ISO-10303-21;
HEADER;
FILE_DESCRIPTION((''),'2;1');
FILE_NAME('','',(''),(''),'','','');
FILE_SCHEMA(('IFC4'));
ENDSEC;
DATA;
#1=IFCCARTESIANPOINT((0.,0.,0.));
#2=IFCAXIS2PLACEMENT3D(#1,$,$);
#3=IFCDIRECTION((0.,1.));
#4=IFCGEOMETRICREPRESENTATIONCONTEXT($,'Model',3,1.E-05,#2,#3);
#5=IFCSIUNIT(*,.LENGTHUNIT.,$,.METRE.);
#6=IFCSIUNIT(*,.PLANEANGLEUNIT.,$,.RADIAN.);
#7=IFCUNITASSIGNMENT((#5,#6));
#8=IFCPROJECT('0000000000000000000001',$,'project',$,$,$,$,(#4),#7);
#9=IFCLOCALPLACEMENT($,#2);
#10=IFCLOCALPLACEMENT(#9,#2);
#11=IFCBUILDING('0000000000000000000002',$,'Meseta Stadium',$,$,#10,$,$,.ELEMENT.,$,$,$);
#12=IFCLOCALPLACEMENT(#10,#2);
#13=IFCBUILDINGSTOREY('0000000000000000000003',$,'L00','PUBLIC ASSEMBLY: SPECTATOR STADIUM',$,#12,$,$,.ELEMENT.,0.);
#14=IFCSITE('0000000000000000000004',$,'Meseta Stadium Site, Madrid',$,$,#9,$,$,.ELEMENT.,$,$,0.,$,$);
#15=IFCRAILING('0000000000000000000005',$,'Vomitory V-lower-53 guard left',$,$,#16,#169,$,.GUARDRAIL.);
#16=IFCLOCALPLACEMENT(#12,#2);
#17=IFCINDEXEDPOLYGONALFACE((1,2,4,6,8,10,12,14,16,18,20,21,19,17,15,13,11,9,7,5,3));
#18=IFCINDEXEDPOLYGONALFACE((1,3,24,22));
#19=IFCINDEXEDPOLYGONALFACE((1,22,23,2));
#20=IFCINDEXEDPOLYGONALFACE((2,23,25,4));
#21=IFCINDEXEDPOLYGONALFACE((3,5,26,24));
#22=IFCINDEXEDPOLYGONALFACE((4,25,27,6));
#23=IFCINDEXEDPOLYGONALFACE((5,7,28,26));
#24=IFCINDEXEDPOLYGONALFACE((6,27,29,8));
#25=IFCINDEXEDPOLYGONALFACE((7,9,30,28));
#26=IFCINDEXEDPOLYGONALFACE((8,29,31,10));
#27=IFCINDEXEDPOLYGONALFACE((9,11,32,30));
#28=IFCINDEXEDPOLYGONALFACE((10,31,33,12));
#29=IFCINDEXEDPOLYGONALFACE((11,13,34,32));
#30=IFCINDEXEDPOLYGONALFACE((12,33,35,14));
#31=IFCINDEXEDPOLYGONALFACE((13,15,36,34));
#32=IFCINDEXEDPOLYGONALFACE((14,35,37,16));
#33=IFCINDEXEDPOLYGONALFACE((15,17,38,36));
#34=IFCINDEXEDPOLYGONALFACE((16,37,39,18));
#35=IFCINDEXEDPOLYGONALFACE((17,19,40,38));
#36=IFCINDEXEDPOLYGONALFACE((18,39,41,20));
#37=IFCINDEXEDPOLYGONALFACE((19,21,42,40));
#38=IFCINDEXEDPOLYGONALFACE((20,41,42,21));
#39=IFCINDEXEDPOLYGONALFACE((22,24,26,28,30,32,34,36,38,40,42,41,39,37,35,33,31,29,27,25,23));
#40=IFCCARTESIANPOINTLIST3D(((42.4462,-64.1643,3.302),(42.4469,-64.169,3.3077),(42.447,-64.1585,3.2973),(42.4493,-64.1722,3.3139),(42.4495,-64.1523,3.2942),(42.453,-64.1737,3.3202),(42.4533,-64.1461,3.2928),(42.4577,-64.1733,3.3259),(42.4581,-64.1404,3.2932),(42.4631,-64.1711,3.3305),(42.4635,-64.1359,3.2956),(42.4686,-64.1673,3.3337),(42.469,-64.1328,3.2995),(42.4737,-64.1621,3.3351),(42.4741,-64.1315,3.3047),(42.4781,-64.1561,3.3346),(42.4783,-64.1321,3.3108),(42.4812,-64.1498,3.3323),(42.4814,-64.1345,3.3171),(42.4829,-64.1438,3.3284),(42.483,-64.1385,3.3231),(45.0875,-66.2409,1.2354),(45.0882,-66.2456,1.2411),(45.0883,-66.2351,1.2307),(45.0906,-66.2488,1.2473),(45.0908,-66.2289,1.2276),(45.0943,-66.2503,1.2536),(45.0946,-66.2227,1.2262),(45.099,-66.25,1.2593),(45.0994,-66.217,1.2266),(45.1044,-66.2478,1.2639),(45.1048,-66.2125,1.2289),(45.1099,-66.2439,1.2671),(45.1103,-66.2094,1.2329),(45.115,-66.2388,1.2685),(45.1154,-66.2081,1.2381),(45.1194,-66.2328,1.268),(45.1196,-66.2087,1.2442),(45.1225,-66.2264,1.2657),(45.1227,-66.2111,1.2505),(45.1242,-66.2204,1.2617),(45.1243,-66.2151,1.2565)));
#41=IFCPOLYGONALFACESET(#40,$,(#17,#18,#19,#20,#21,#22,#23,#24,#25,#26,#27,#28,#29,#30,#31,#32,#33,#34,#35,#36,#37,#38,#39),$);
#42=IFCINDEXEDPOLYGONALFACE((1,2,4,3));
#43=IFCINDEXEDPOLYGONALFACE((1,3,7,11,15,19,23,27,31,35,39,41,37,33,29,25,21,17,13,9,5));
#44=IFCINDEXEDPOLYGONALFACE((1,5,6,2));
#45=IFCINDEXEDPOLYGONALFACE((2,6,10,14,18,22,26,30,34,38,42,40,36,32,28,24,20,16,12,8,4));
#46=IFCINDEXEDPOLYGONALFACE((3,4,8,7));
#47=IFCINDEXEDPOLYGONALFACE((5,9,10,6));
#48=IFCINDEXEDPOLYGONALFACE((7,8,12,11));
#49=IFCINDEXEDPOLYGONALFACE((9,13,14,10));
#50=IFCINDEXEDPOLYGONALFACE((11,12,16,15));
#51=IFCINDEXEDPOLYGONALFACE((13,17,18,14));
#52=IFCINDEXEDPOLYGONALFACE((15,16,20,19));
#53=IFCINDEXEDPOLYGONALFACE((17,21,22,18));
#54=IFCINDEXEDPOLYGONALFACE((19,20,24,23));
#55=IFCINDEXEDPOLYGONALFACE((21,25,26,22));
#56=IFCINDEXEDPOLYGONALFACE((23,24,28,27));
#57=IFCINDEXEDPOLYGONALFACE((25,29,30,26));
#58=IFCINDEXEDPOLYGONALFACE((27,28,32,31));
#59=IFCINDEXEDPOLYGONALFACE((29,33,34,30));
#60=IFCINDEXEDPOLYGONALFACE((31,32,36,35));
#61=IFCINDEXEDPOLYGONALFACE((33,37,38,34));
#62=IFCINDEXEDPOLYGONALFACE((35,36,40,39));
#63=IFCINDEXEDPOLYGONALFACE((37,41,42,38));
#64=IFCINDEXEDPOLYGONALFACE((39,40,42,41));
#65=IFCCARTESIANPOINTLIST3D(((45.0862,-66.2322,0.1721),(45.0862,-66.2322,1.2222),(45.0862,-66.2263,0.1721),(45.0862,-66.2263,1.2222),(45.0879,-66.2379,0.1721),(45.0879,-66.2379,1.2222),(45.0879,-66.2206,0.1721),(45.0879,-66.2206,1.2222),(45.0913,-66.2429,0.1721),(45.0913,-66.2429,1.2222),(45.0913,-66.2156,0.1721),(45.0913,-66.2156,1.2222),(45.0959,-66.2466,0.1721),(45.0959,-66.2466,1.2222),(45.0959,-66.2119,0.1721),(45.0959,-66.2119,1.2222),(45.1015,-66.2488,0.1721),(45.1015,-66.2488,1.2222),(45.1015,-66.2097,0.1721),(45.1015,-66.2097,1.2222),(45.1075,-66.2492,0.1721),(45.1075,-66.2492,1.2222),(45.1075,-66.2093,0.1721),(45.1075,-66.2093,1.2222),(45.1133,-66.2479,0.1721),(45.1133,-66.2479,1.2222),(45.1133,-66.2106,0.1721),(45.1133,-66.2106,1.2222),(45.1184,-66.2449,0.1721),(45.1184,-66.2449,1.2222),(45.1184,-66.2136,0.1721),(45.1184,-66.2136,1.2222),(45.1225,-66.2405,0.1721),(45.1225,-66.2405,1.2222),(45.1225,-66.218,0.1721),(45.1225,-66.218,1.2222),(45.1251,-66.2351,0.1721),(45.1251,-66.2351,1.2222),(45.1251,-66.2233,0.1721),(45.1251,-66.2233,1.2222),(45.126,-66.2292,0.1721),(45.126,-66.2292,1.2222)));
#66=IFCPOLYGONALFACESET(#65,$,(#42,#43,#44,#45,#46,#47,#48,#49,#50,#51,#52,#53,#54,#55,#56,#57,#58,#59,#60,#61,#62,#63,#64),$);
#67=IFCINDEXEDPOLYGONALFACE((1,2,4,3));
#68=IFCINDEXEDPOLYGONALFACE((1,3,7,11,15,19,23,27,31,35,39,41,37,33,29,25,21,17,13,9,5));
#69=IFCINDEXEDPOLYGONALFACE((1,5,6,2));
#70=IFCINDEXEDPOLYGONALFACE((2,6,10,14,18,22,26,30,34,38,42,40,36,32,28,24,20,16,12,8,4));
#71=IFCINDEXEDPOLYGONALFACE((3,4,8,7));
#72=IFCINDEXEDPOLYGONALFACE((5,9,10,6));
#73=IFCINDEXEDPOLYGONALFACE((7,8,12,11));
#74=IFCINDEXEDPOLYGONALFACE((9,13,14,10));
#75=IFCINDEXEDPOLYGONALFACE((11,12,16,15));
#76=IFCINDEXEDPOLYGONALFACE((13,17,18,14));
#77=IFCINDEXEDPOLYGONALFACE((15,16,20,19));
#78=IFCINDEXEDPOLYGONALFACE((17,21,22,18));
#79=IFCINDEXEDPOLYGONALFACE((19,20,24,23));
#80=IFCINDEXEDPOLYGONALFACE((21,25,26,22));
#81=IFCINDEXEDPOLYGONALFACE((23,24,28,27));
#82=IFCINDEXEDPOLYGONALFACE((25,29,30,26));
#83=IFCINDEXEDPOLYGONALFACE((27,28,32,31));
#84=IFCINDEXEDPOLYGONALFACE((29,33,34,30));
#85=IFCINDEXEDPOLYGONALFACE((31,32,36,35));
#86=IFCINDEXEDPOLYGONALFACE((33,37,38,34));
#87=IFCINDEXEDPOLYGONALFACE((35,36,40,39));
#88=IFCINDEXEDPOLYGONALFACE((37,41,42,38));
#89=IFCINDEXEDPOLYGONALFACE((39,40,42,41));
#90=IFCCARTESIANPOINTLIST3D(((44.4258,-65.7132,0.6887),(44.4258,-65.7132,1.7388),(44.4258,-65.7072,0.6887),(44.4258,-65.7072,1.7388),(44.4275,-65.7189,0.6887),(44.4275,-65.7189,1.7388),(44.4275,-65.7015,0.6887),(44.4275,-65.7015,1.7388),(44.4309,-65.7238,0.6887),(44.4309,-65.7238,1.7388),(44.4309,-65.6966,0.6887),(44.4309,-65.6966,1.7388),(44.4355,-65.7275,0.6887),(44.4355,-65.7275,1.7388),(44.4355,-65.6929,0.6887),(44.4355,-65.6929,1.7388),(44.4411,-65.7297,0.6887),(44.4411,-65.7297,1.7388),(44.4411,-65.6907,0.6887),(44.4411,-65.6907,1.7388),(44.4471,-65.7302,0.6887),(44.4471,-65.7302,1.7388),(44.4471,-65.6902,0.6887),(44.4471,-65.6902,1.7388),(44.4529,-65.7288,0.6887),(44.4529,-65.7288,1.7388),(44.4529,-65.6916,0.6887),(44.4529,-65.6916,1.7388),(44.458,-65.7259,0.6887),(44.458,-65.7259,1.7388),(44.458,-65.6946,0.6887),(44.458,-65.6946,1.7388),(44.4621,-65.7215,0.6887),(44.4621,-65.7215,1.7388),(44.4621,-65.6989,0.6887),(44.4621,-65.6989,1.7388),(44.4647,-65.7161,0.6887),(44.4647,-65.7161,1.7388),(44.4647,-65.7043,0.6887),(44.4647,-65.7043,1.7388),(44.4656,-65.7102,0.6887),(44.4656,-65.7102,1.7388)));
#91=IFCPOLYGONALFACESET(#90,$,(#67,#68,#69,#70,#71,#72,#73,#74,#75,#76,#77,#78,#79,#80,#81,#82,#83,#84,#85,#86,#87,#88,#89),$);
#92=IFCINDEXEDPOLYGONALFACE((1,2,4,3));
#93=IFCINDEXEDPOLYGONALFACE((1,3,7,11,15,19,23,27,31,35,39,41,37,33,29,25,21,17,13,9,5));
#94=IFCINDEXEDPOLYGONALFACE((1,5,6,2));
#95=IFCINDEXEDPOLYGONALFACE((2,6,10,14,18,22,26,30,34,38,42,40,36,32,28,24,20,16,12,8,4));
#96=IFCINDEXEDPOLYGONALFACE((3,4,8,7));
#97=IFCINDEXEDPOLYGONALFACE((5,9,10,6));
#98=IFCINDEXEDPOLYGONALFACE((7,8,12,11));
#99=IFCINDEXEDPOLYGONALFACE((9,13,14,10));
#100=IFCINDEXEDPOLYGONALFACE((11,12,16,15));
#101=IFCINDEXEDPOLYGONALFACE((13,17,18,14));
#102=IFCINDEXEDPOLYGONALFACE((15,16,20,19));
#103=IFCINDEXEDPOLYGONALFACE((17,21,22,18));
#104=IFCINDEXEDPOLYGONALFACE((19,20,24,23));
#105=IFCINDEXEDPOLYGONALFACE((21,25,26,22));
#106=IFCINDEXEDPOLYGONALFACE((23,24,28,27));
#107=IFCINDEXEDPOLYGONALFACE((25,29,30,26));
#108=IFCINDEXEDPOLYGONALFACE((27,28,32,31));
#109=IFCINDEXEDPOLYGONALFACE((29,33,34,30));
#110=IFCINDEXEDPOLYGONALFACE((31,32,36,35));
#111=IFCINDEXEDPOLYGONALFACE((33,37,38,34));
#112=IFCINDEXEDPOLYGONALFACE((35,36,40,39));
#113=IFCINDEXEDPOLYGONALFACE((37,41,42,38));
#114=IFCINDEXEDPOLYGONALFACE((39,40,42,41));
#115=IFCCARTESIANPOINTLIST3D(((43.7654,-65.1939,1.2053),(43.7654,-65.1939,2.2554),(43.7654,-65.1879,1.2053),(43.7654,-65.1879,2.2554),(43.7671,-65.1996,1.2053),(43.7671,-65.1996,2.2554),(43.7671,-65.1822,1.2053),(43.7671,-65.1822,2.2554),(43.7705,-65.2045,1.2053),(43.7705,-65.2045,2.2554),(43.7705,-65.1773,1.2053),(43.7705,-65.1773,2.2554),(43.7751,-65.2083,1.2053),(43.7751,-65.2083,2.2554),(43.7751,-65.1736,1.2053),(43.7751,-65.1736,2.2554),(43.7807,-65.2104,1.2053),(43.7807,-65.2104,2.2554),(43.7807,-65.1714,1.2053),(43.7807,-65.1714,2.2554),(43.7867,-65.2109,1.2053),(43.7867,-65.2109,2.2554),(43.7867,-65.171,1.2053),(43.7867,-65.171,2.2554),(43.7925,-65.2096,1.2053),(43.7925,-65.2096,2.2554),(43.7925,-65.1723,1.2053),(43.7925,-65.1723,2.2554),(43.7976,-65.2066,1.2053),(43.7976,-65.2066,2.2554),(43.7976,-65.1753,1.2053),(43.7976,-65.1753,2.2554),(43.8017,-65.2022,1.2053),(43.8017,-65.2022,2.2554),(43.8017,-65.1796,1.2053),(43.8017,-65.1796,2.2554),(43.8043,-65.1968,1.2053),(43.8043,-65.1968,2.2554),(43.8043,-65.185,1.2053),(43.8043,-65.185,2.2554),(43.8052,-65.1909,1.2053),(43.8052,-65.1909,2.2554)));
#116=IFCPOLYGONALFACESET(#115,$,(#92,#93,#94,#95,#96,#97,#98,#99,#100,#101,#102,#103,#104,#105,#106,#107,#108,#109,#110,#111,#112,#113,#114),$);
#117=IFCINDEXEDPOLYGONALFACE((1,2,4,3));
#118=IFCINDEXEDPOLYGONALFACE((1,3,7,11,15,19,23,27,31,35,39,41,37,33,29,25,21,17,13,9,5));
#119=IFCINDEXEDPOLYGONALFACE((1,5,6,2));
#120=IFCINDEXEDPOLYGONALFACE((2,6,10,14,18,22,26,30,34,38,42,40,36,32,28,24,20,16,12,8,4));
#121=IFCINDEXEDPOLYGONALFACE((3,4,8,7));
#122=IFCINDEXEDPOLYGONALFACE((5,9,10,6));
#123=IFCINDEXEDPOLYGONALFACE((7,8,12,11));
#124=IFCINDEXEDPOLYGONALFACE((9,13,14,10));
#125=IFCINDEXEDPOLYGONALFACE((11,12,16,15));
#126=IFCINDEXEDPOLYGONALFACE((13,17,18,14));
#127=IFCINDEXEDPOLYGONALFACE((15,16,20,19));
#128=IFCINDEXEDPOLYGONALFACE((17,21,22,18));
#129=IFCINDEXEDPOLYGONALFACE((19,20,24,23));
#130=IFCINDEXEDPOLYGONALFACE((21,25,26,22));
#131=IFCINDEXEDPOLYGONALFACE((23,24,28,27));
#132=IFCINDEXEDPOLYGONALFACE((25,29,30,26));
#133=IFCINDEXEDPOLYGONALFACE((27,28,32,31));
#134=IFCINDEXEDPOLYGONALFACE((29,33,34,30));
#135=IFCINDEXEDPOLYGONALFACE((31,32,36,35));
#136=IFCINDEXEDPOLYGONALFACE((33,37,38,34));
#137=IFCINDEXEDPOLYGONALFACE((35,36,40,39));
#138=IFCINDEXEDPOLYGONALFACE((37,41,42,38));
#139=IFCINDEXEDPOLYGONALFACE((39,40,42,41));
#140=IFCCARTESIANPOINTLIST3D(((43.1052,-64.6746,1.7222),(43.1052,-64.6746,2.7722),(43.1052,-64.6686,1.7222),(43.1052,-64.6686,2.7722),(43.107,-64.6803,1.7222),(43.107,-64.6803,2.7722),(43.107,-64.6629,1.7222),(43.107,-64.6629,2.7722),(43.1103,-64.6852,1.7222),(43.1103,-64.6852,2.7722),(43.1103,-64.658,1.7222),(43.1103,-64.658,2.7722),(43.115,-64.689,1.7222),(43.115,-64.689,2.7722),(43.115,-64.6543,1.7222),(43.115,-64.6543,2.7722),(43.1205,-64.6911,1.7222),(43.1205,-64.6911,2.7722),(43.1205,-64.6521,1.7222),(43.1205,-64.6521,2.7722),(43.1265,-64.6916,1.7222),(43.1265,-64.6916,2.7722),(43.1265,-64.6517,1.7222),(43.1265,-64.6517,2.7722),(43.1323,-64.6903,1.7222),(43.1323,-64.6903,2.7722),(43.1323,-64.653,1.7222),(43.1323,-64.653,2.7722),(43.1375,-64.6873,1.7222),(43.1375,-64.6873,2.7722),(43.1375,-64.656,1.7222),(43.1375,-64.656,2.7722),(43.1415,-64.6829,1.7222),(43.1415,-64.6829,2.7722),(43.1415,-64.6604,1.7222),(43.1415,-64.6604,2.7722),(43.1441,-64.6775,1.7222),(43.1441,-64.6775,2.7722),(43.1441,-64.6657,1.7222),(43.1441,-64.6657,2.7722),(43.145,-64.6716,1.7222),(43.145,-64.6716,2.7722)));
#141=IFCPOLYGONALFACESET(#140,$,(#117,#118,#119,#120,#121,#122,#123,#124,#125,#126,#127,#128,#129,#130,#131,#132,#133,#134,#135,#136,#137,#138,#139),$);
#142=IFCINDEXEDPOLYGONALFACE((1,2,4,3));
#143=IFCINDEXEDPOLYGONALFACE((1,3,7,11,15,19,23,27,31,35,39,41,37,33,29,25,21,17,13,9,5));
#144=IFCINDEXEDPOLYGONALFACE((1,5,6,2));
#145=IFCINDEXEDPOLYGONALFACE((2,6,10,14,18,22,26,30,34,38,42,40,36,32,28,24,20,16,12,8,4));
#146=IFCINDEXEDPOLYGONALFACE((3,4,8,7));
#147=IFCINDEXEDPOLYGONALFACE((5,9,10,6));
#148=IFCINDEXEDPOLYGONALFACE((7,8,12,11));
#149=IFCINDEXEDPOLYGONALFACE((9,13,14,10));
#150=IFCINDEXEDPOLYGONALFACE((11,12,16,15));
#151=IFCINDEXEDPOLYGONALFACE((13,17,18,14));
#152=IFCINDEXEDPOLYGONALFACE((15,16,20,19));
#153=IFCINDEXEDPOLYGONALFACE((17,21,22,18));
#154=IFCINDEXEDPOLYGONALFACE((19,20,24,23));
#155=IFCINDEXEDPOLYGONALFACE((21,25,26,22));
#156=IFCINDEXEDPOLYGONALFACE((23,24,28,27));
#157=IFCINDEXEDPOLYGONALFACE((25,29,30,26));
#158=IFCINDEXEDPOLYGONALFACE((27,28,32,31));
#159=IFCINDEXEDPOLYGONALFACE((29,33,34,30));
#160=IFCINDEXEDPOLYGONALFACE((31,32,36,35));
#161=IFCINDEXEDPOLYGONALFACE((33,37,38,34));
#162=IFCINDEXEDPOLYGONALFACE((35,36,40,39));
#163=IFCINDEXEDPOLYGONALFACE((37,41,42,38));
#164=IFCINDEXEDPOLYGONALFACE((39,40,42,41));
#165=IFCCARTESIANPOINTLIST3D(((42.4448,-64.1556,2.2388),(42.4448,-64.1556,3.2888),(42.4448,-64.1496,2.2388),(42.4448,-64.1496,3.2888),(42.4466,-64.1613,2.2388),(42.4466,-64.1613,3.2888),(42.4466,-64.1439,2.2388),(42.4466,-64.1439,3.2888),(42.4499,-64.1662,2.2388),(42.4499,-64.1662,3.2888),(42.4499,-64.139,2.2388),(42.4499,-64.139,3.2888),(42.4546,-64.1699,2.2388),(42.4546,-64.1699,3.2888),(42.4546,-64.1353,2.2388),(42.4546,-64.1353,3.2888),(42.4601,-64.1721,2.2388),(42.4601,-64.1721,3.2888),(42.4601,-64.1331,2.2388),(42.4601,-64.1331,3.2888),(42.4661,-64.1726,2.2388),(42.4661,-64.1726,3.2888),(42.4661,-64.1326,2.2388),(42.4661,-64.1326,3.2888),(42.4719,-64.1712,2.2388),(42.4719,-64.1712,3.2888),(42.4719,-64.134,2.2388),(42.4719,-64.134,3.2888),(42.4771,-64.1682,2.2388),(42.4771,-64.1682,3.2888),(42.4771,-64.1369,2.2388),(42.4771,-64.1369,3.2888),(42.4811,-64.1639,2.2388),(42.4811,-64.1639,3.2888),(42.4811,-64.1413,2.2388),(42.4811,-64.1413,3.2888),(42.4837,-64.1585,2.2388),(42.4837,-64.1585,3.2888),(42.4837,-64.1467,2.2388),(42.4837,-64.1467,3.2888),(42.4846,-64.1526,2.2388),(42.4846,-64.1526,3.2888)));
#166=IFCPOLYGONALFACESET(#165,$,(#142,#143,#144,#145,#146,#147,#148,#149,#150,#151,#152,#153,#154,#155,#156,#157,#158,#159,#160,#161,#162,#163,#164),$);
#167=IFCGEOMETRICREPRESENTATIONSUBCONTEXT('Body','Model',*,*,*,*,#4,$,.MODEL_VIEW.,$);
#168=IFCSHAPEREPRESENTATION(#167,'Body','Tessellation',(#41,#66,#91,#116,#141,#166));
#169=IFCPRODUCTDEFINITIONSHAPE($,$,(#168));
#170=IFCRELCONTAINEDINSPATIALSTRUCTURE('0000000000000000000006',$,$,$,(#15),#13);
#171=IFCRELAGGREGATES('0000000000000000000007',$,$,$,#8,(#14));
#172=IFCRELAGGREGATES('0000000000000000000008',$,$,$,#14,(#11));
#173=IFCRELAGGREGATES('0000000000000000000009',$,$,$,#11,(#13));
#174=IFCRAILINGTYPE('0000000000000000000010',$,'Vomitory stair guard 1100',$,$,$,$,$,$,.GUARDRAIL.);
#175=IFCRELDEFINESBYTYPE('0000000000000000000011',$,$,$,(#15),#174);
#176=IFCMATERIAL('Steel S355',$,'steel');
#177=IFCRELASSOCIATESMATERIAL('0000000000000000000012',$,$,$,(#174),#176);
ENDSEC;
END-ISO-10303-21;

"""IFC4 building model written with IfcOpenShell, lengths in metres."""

from ifc_helpers import new_model, si_unit, direction, frame, origin, origin_2d, place, context, subcontext, project, spatial, circle, extrude, material, type_object, element, save


model = new_model("IFC4")

# Units and contexts
model_context = context("Model", 3, precision=1e-05, world=origin(), true_north=direction((0.0, 1.0)))
body_context = subcontext(model_context, "Body", "Model", "MODEL_VIEW")
ifc_project = project(units=[si_unit("LENGTHUNIT", "METRE"), si_unit("PLANEANGLEUNIT", "RADIAN")], contexts=[model_context])

# Site, building, storey
site_placement = place(None, origin())
site = spatial("IfcSite", under=ifc_project, at=site_placement, Name="Meseta Stadium Site, Madrid", CompositionType="ELEMENT", RefElevation=0.0)
building_placement = place(site_placement, origin())
building = spatial("IfcBuilding", under=site, at=building_placement, Name="Meseta Stadium", CompositionType="ELEMENT")
storey_placement = place(building_placement, origin())
storey = spatial("IfcBuildingStorey", under=building, at=storey_placement, Name="L00", Description="PUBLIC ASSEMBLY: SPECTATOR STADIUM", CompositionType="ELEMENT", Elevation=0.0)

# Railing
ifc_material_1 = material(Name="Steel S355", Category="steel")
railing_type_1 = type_object("IfcRailingType", Name="Vomitory stair guard 1100", PredefinedType="GUARDRAIL", material=ifc_material_1)
railing_1_placement = place(storey_placement, frame((45.106, -66.2292, 0.1721)))
element("IfcRailing", 1, at=railing_1_placement, inside=storey, type_object=railing_type_1, Name="Vomitory V-lower-53 guard left", PredefinedType="GUARDRAIL", context=body_context, shape_type="SweptSolid", body=[
    extrude(circle(Radius=0.0249, at=origin_2d()), frame((0.0, 0.0, 1.0752), z_axis=(-0.669604, 0.526449, 0.523911), x_axis=(-0.618062, -0.786129, 0.0)), (0.0, 0.0, 1.0), 3.9446),
    extrude(circle(Radius=0.02, at=origin_2d()), origin(), (0.0, 0.0, 1.0), 1.05),
    extrude(circle(Radius=0.02, at=origin_2d()), frame((-0.6604, 0.519, 0.5166)), (0.0, 0.0, 1.0), 1.05),
    extrude(circle(Radius=0.02, at=origin_2d()), frame((-1.3208, 1.0383, 1.0332)), (0.0, 0.0, 1.0), 1.05),
    extrude(circle(Radius=0.02, at=origin_2d()), frame((-1.981, 1.5576, 1.55)), (0.0, 0.0, 1.0), 1.05),
    extrude(circle(Radius=0.02, at=origin_2d()), frame((-2.6414, 2.0767, 2.0667)), (0.0, 0.0, 1.0), 1.05),
])

save(model, "model.ifc")
